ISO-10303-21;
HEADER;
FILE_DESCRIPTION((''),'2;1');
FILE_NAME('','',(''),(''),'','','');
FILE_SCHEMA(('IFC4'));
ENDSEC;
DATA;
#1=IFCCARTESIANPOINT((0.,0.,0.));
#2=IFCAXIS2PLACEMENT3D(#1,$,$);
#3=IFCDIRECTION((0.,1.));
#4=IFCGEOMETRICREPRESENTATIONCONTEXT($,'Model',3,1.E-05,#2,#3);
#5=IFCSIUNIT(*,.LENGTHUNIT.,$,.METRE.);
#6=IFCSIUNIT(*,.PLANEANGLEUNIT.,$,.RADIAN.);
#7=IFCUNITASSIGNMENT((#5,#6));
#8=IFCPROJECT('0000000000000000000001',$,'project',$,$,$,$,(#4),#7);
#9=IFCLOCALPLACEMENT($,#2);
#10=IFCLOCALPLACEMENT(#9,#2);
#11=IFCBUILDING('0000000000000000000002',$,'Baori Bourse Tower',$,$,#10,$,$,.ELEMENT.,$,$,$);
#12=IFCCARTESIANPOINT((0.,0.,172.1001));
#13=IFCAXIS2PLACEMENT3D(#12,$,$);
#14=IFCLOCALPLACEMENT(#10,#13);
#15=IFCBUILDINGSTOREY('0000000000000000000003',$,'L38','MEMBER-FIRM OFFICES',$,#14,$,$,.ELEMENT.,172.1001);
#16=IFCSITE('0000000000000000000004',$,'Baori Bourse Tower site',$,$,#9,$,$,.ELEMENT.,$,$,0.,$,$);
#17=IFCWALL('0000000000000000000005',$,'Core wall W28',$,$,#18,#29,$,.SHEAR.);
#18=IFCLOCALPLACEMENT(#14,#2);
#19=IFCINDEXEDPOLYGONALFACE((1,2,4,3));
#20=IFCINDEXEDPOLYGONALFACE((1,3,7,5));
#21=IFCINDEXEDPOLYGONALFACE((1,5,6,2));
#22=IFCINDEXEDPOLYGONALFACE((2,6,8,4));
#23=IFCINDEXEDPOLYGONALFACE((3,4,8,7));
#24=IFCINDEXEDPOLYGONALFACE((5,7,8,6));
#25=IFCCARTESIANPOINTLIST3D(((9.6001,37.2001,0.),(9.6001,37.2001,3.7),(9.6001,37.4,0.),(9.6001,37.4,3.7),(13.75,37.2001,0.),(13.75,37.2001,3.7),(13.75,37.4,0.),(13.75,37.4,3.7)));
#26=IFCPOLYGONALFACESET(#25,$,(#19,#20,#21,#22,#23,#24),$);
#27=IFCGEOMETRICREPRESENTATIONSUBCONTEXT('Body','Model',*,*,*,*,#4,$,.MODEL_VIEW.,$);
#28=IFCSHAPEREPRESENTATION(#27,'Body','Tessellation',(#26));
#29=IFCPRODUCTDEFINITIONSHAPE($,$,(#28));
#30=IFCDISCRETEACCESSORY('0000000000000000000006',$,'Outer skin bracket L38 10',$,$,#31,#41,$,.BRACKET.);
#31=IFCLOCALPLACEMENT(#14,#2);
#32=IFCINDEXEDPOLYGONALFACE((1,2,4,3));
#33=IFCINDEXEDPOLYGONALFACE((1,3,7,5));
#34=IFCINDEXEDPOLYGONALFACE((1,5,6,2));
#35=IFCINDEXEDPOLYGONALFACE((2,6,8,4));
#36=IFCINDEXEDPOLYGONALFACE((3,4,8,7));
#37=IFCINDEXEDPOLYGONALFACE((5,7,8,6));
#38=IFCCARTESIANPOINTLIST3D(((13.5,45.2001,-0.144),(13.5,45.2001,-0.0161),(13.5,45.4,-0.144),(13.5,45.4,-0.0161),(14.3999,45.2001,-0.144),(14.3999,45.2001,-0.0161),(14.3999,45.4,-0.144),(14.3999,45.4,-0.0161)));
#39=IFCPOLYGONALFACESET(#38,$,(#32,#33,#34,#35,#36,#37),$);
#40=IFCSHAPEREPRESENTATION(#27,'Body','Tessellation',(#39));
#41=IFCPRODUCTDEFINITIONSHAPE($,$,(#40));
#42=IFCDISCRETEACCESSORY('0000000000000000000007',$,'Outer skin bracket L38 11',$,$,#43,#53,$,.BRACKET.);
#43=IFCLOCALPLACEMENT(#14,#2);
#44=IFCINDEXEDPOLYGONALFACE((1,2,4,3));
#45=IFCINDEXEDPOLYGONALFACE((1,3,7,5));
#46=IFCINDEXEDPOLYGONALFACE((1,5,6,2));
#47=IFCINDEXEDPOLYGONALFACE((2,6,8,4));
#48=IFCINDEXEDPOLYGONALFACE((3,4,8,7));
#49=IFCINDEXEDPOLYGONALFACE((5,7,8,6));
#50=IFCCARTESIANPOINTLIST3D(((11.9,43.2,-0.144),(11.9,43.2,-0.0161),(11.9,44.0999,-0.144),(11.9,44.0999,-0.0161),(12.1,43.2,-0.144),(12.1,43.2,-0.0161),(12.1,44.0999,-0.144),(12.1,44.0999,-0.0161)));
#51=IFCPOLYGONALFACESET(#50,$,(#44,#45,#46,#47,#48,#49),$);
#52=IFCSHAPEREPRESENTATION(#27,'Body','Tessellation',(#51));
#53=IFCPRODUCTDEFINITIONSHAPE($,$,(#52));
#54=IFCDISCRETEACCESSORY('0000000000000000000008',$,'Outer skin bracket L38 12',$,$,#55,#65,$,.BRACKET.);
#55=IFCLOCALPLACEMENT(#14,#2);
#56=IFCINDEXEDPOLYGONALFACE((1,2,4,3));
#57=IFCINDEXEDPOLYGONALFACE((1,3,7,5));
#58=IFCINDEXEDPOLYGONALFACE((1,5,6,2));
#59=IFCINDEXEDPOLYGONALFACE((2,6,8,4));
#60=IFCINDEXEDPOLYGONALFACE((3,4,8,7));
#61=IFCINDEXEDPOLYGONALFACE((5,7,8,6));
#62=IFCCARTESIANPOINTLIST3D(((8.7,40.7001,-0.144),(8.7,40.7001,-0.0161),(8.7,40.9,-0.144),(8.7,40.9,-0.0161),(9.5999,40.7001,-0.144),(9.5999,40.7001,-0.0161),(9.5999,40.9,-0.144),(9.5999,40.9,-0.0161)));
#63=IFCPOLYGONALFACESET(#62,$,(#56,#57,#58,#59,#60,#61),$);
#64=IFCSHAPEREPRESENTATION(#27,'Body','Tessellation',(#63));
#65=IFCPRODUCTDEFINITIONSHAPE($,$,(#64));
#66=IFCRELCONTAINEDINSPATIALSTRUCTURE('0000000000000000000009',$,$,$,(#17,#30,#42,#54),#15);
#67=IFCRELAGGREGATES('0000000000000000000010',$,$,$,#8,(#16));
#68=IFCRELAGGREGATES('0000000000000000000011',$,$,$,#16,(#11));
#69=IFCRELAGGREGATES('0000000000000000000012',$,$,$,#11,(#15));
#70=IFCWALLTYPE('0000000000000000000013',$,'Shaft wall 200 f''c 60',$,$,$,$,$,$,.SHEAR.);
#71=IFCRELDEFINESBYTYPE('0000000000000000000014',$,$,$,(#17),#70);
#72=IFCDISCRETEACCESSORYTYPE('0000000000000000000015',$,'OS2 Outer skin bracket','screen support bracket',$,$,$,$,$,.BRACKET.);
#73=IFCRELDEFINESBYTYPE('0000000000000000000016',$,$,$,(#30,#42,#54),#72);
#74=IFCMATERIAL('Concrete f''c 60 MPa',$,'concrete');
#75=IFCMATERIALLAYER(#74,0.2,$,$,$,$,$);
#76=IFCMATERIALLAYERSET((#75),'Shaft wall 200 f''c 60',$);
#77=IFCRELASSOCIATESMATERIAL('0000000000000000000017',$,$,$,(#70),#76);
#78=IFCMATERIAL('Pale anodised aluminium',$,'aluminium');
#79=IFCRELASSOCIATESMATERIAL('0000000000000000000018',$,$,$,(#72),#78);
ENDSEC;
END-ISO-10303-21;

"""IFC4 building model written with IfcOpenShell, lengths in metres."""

from ifc_helpers import new_model, si_unit, direction, frame, frame_2d, origin, origin_2d, place, context, subcontext, project, spatial, rectangle, extrude, material, layer, layer_set, type_object, element, save


model = new_model("IFC4")

# Units and contexts
model_context = context("Model", 3, precision=1e-05, world=origin(), true_north=direction((0.0, 1.0)))
body_context = subcontext(model_context, "Body", "Model", "MODEL_VIEW")
ifc_project = project(units=[si_unit("LENGTHUNIT", "METRE"), si_unit("PLANEANGLEUNIT", "RADIAN")], contexts=[model_context])

# Site, building, storey
site_placement = place(None, origin())
site = spatial("IfcSite", under=ifc_project, at=site_placement, Name="Baori Bourse Tower site", CompositionType="ELEMENT", RefElevation=0.0)
building_placement = place(site_placement, origin())
building = spatial("IfcBuilding", under=site, at=building_placement, Name="Baori Bourse Tower", CompositionType="ELEMENT")
storey_placement = place(building_placement, frame((0.0, 0.0, 172.1001)))
storey = spatial("IfcBuildingStorey", under=building, at=storey_placement, Name="L38", Description="MEMBER-FIRM OFFICES", CompositionType="ELEMENT", Elevation=172.1001)

# Wall
ifc_material_1 = material(Name="Concrete f'c 60 MPa", Category="concrete")
ifc_layer_1 = layer(ifc_material_1, 0.2)
ifc_layer_set_1 = layer_set([ifc_layer_1], Name="Shaft wall 200 f'c 60")
wall_type_1 = type_object("IfcWallType", Name="Shaft wall 200 f'c 60", PredefinedType="SHEAR", material=ifc_layer_set_1)
wall_1_placement = place(storey_placement, frame((9.6001, 37.3, 0.0), z_axis=(0.0, 0.0, 1.0), x_axis=(1.0, 0.0, 0.0)))
element("IfcWall", 1, at=wall_1_placement, inside=storey, type_object=wall_type_1, Name="Core wall W28", PredefinedType="SHEAR", context=body_context, shape_type="SweptSolid", body=[
    extrude(rectangle(XDim=4.1499, YDim=0.2, at=frame_2d((2.075, 0.0))), origin(), (0.0, 0.0, 1.0), 3.7),
])

# Discrete accessories
ifc_material_2 = material(Name="Pale anodised aluminium", Category="aluminium")
discrete_accessory_type = type_object("IfcDiscreteAccessoryType", Name="OS2 Outer skin bracket", Description="screen support bracket", PredefinedType="BRACKET", material=ifc_material_2)
for number, where, z_axis, x_axis, name in (
    (2, (13.95, 45.3, -0.144), (0.0, 0.0, 1.0), (0.0, -1.0, 0.0), "Outer skin bracket L38 10"),
    (3, (12.0, 43.6499, -0.144), (0.0, 0.0, 1.0), (-1.0, 0.0, 0.0), "Outer skin bracket L38 11"),
    (4, (9.1499, 40.8, -0.144), (0.0, 0.0, 1.0), (0.0, -1.0, 0.0), "Outer skin bracket L38 12"),
):
    element("IfcDiscreteAccessory", number, at=place(storey_placement, frame(where, z_axis=z_axis, x_axis=x_axis)), inside=storey, type_object=discrete_accessory_type, Name=name, PredefinedType="BRACKET", context=body_context, shape_type="SweptSolid", body=[
        extrude(rectangle(XDim=0.2, YDim=0.8999, at=origin_2d()), origin(), (0.0, 0.0, 1.0), 0.1279),
    ])

save(model, "model.ifc")
